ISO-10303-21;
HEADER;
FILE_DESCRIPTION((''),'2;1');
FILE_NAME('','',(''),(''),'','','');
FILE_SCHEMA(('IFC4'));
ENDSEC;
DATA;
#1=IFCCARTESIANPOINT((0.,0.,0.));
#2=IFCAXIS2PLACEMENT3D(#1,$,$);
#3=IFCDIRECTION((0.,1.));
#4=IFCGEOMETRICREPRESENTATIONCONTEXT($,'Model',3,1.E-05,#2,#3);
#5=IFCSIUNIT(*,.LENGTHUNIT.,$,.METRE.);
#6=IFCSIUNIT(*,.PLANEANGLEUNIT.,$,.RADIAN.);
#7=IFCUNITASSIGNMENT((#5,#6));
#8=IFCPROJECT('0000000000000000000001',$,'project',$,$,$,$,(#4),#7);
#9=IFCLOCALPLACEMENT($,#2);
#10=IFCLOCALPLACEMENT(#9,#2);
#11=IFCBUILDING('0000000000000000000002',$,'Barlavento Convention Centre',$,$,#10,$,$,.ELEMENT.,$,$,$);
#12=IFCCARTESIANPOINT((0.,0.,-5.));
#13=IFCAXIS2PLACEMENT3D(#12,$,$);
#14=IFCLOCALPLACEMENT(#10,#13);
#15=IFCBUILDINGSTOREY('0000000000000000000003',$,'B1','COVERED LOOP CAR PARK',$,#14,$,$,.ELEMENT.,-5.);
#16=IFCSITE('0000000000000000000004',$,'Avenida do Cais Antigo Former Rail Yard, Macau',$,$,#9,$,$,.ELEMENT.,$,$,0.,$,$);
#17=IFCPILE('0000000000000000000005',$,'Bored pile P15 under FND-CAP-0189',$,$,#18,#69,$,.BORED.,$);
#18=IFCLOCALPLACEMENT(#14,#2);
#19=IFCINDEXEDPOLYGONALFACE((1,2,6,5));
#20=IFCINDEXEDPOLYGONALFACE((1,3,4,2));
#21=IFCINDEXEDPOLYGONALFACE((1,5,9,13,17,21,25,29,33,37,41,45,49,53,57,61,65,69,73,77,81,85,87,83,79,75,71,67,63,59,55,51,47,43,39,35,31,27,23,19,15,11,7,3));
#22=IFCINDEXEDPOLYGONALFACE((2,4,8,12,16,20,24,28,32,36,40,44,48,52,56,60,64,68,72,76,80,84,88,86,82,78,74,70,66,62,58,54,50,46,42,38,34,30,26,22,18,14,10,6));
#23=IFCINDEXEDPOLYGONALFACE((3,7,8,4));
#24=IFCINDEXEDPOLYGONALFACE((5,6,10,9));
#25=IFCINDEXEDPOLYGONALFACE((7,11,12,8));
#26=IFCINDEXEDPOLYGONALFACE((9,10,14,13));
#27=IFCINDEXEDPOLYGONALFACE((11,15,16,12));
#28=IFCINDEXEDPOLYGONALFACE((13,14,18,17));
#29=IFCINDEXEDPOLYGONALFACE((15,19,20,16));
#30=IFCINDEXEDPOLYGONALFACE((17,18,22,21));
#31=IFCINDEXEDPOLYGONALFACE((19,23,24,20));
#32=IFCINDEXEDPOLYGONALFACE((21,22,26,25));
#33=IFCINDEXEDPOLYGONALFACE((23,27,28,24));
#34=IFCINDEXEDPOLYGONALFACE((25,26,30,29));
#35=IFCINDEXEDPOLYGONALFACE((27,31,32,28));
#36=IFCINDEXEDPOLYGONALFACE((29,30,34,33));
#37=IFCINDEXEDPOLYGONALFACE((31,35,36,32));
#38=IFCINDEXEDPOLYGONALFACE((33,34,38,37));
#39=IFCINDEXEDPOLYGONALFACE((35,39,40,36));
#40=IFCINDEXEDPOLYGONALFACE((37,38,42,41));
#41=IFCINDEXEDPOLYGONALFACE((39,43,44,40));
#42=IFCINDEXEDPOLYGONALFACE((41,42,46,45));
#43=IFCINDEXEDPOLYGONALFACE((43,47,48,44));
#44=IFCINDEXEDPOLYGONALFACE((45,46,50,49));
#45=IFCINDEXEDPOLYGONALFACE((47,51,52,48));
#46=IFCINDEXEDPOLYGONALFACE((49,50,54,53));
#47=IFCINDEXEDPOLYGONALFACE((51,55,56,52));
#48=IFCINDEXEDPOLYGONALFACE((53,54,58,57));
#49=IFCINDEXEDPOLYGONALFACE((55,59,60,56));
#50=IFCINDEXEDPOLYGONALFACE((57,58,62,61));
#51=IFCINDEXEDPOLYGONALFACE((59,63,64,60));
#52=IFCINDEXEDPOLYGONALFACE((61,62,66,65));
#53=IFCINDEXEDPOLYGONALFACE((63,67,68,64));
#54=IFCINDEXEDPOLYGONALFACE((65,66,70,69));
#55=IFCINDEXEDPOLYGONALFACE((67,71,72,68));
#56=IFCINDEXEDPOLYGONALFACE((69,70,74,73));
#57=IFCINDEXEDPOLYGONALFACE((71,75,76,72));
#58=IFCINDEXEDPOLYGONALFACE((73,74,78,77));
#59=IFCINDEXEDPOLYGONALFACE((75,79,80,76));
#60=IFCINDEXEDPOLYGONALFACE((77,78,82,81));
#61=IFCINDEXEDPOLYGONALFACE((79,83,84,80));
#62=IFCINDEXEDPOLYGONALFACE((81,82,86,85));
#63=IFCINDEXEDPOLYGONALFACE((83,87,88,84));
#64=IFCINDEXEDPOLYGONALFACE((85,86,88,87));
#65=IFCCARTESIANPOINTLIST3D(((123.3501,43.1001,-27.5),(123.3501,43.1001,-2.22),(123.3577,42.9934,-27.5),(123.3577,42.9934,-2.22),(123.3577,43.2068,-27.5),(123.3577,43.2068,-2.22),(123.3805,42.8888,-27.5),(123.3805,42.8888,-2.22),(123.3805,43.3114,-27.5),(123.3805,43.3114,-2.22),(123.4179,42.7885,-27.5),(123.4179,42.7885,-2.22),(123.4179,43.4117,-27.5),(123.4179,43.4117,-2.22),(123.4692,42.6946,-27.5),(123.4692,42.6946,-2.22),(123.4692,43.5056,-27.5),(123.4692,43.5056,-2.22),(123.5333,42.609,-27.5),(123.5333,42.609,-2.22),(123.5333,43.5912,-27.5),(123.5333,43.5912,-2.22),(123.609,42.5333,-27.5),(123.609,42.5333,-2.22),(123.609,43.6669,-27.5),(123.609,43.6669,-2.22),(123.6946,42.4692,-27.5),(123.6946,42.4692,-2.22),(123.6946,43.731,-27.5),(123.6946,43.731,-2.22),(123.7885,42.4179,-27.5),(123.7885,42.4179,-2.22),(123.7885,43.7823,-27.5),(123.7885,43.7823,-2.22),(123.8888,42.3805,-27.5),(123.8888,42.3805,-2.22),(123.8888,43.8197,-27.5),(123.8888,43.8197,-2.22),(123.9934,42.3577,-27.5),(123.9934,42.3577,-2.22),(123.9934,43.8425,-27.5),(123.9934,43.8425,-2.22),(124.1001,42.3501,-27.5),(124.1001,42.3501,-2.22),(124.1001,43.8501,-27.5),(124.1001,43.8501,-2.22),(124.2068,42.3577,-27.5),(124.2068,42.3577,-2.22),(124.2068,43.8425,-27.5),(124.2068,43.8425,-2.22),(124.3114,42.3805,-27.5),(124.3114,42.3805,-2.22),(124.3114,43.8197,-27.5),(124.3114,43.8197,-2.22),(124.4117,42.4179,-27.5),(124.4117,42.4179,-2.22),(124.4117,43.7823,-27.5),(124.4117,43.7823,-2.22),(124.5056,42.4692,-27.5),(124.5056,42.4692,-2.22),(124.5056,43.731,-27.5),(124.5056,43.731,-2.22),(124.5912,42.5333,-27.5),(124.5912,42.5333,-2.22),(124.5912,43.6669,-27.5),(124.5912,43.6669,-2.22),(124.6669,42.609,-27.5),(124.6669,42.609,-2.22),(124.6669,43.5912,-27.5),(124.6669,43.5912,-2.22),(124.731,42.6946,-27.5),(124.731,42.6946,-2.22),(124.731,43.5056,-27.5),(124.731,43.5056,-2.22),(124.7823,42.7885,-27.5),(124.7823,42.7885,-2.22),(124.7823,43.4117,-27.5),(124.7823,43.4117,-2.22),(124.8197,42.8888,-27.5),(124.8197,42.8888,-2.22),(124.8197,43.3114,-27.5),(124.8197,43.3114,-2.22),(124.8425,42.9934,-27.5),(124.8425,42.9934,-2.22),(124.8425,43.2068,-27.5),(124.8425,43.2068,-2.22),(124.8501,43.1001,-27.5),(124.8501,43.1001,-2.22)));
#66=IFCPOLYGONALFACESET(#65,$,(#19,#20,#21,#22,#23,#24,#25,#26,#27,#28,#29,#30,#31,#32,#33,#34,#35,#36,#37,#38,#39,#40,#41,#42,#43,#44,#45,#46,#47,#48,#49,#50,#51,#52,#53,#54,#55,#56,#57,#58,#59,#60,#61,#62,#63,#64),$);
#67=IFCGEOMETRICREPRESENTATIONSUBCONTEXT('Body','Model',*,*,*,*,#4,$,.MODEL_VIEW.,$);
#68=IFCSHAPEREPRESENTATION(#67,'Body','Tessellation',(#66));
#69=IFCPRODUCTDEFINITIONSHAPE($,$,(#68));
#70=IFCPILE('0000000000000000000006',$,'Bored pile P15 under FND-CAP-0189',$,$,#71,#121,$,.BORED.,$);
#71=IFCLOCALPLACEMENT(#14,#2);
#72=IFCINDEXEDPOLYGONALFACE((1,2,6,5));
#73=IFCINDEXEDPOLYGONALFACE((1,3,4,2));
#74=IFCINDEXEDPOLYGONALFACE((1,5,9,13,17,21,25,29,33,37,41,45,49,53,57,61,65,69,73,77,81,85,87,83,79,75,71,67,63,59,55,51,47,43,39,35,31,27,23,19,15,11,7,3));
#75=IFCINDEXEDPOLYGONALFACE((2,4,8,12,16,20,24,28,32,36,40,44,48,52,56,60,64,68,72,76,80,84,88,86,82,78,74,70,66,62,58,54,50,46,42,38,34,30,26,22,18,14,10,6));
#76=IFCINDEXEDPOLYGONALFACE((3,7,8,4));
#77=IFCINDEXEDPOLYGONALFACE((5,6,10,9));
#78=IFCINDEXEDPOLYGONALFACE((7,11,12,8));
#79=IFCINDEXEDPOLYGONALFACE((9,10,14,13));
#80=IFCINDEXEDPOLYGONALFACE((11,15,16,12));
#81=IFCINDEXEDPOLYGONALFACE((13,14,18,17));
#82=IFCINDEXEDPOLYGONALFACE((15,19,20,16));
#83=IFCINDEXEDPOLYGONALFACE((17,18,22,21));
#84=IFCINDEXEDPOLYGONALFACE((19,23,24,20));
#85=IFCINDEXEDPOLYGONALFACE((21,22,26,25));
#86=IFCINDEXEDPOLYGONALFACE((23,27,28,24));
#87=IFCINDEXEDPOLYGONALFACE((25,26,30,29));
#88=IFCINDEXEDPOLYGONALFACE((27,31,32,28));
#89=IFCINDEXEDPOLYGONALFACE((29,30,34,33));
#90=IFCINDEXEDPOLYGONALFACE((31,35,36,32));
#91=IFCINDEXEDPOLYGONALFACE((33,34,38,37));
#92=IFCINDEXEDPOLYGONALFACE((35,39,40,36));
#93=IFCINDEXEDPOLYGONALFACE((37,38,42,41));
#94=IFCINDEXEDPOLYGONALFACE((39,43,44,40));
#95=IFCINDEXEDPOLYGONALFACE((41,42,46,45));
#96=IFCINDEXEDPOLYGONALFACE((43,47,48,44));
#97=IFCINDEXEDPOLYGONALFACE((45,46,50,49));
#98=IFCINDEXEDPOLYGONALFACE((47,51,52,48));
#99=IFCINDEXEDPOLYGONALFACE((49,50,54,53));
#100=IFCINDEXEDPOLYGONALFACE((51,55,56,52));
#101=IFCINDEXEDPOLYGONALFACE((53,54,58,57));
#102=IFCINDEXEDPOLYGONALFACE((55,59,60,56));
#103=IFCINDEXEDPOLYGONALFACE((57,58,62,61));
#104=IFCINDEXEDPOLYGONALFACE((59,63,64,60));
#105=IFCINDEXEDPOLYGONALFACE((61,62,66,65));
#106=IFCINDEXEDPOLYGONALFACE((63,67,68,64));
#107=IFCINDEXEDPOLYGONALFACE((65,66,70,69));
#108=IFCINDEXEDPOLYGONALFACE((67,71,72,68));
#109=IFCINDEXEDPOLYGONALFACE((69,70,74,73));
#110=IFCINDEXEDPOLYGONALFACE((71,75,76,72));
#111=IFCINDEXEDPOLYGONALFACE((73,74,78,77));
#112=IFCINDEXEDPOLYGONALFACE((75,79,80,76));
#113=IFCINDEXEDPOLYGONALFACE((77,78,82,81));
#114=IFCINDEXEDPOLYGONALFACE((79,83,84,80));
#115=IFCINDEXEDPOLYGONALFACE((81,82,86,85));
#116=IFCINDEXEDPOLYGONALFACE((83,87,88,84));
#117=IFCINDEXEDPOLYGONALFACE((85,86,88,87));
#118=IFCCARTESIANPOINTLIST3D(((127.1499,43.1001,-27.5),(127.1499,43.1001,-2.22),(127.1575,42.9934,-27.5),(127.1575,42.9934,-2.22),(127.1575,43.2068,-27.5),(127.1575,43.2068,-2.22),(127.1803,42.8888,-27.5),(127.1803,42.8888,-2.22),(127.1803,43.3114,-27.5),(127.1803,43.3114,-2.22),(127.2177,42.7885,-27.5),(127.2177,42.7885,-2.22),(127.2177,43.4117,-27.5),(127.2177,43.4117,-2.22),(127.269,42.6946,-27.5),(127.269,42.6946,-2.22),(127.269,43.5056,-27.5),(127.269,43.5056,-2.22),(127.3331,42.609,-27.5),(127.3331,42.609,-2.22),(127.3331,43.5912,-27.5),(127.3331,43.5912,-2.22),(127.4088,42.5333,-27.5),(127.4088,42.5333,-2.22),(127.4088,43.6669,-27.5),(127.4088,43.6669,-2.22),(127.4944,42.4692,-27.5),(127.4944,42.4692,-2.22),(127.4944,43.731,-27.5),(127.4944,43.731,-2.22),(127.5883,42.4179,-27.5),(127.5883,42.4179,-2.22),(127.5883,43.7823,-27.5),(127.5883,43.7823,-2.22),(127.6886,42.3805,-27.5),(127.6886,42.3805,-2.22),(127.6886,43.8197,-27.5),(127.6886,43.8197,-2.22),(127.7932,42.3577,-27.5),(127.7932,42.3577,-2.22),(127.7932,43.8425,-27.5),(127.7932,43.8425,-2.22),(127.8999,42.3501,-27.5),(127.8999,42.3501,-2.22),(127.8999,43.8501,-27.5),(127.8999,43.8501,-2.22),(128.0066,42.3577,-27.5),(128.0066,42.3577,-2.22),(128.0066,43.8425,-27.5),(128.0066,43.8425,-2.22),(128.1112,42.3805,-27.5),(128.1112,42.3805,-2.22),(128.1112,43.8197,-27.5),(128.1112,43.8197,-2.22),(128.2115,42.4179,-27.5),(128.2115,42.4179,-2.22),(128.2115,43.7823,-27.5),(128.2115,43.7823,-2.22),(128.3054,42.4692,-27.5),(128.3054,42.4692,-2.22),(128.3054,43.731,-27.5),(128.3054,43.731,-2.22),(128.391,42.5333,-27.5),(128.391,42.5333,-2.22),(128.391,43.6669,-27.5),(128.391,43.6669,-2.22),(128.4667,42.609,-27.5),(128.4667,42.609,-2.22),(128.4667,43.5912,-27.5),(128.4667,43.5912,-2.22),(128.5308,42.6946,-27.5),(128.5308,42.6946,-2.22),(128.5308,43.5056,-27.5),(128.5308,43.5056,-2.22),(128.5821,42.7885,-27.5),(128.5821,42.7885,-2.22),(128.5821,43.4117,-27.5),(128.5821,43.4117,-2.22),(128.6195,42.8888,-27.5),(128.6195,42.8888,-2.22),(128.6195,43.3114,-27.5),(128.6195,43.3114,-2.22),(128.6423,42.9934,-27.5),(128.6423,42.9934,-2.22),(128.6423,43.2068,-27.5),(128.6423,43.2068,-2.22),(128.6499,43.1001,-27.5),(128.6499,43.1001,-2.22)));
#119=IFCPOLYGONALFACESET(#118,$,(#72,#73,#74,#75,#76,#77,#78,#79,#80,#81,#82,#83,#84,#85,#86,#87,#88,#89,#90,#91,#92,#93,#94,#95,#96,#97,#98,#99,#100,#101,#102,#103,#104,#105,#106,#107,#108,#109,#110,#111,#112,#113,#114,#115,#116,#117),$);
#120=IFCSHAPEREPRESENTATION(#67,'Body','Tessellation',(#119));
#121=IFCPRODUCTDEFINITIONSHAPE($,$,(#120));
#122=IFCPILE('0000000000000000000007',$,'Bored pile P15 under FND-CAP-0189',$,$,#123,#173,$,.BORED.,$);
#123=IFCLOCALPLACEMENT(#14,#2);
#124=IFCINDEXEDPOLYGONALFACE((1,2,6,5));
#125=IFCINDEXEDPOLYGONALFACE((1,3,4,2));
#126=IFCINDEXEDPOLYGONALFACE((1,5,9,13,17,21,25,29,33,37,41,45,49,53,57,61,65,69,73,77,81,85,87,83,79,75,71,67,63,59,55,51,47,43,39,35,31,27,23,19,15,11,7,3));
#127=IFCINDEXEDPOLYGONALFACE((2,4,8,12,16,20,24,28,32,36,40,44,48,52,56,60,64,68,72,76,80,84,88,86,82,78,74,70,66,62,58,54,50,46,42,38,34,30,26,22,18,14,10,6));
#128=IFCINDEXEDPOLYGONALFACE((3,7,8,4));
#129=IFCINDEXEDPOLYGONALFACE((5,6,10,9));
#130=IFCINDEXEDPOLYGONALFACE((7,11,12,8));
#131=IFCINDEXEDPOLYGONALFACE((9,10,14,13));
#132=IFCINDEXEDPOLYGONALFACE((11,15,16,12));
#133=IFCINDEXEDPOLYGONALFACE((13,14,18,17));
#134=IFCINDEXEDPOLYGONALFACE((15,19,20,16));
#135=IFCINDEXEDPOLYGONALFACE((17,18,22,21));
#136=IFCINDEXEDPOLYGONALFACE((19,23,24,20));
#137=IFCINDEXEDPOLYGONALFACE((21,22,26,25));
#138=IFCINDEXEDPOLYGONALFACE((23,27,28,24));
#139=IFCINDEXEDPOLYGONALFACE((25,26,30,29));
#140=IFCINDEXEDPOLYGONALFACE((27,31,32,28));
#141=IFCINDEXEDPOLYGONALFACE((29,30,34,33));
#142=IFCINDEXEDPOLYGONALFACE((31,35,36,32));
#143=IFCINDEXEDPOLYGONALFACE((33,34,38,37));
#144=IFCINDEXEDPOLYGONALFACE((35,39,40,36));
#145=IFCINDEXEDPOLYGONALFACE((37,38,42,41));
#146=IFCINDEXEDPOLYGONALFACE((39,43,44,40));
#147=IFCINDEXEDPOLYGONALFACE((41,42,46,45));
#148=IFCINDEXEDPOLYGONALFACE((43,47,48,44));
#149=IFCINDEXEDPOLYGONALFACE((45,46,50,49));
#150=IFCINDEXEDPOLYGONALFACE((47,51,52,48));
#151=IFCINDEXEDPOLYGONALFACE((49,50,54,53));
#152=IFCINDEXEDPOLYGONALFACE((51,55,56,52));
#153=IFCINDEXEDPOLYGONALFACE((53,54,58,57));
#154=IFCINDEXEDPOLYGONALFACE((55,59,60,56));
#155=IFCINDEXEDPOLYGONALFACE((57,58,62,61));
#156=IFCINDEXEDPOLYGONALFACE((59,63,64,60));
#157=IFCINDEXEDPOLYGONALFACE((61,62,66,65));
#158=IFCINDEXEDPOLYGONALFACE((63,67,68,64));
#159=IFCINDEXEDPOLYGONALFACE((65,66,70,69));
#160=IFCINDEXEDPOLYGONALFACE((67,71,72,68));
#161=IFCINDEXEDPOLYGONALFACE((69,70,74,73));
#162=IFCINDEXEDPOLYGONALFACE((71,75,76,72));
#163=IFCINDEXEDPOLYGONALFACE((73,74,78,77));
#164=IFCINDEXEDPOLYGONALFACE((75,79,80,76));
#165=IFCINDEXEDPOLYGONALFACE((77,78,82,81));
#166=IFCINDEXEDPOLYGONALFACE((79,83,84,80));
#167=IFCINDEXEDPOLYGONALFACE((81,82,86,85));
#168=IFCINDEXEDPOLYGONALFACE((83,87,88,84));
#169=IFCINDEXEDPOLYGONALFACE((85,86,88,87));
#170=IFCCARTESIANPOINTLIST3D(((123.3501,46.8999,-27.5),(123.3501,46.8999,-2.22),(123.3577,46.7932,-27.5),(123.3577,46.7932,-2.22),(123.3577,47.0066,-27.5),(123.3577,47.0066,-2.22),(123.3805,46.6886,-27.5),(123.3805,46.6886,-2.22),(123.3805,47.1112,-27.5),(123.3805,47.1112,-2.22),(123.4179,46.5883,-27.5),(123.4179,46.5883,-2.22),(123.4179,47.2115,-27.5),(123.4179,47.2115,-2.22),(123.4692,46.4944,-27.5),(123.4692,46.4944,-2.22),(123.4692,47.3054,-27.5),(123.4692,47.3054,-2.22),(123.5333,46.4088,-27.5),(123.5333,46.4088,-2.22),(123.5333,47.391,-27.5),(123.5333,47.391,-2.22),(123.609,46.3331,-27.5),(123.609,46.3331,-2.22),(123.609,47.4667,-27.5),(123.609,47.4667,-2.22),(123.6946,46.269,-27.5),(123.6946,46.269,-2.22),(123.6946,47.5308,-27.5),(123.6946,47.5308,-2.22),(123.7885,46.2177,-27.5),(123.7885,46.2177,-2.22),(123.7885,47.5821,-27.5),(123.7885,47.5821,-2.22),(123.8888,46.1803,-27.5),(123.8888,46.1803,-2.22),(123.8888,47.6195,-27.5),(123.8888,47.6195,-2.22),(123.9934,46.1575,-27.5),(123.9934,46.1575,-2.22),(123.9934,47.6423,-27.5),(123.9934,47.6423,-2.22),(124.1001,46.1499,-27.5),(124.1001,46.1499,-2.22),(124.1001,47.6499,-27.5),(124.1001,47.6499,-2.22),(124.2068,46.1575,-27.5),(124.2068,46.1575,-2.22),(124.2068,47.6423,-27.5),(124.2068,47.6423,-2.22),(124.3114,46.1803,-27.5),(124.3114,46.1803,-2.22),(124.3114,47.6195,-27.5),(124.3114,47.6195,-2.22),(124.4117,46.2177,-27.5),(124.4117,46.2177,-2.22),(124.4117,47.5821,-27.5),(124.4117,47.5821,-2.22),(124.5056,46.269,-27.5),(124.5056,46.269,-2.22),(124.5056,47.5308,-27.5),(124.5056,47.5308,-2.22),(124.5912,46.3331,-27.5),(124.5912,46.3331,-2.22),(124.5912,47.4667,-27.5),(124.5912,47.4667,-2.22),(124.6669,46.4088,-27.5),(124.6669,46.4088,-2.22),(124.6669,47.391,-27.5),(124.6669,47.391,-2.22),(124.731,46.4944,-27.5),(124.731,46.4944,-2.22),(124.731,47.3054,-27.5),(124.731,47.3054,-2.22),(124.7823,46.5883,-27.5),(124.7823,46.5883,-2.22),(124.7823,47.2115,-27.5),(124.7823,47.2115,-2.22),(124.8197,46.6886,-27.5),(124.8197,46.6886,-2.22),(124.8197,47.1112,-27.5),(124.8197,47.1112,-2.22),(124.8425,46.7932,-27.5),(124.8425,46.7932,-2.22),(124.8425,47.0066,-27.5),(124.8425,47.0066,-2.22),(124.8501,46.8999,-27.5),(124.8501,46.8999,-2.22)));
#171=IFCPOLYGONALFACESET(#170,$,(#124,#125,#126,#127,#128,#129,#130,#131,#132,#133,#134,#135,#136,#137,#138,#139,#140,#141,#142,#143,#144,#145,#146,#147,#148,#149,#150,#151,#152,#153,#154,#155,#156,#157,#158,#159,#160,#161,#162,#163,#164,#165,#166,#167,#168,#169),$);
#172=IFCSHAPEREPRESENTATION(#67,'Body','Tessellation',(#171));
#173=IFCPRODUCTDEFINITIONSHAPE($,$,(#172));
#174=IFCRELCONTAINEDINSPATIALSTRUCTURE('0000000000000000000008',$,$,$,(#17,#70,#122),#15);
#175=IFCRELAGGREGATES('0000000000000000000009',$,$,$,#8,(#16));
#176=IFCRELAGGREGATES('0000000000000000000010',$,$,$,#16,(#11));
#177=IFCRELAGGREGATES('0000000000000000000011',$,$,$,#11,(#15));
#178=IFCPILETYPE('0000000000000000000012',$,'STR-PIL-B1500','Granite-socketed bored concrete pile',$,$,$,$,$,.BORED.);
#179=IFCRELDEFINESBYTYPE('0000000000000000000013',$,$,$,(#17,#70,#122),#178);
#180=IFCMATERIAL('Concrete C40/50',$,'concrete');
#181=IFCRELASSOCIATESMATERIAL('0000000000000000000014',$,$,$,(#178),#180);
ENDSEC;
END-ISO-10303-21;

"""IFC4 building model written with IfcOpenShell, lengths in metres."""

from ifc_helpers import new_model, si_unit, direction, frame, origin, origin_2d, place, context, subcontext, project, spatial, circle, extrude, material, material_profile, profile_set, type_object, element, save


model = new_model("IFC4")

# Units and contexts
model_context = context("Model", 3, precision=1e-05, world=origin(), true_north=direction((0.0, 1.0)))
body_context = subcontext(model_context, "Body", "Model", "MODEL_VIEW")
ifc_project = project(units=[si_unit("LENGTHUNIT", "METRE"), si_unit("PLANEANGLEUNIT", "RADIAN")], contexts=[model_context])

# Site, building, storey
site_placement = place(None, origin())
site = spatial("IfcSite", under=ifc_project, at=site_placement, Name="Avenida do Cais Antigo Former Rail Yard, Macau", CompositionType="ELEMENT", RefElevation=0.0)
building_placement = place(site_placement, origin())
building = spatial("IfcBuilding", under=site, at=building_placement, Name="Barlavento Convention Centre", CompositionType="ELEMENT")
storey_placement = place(building_placement, frame((0.0, 0.0, -5.0)))
storey = spatial("IfcBuildingStorey", under=building, at=storey_placement, Name="B1", Description="COVERED LOOP CAR PARK", CompositionType="ELEMENT", Elevation=-5.0)

# Shared definitions
ifc_material_1 = material(Name="Concrete C40/50", Category="concrete")

# Piles
ifc_material_profile_1 = material_profile(ifc_material_1, circle(Radius=0.75, at=origin_2d()), Name="BORED PILE 1500")
ifc_profile_set_1 = profile_set([ifc_material_profile_1], Name="Concrete C40/50")
pile_type_1 = type_object("IfcPileType", Name="STR-PIL-B1500", Description="Granite-socketed bored concrete pile", PredefinedType="BORED", material=ifc_profile_set_1)
for number, where, z_axis, x_axis, name in (
    (1, (124.1001, 43.1001, -2.22), (0.0, 0.0, -1.0), (1.0, 0.0, 0.0), "Bored pile P15 under FND-CAP-0189"),
    (2, (127.8999, 43.1001, -2.22), (0.0, 0.0, -1.0), (1.0, 0.0, 0.0), "Bored pile P15 under FND-CAP-0189"),
    (3, (124.1001, 46.8999, -2.22), (0.0, 0.0, -1.0), (1.0, 0.0, 0.0), "Bored pile P15 under FND-CAP-0189"),
):
    element("IfcPile", number, at=place(storey_placement, frame(where, z_axis=z_axis, x_axis=x_axis)), inside=storey, type_object=pile_type_1, Name=name, PredefinedType="BORED", context=body_context, shape_type="SweptSolid", body=[
        extrude(circle(Radius=0.75, at=origin_2d()), origin(), (0.0, 0.0, 1.0), 25.28),
    ])

save(model, "model.ifc")
